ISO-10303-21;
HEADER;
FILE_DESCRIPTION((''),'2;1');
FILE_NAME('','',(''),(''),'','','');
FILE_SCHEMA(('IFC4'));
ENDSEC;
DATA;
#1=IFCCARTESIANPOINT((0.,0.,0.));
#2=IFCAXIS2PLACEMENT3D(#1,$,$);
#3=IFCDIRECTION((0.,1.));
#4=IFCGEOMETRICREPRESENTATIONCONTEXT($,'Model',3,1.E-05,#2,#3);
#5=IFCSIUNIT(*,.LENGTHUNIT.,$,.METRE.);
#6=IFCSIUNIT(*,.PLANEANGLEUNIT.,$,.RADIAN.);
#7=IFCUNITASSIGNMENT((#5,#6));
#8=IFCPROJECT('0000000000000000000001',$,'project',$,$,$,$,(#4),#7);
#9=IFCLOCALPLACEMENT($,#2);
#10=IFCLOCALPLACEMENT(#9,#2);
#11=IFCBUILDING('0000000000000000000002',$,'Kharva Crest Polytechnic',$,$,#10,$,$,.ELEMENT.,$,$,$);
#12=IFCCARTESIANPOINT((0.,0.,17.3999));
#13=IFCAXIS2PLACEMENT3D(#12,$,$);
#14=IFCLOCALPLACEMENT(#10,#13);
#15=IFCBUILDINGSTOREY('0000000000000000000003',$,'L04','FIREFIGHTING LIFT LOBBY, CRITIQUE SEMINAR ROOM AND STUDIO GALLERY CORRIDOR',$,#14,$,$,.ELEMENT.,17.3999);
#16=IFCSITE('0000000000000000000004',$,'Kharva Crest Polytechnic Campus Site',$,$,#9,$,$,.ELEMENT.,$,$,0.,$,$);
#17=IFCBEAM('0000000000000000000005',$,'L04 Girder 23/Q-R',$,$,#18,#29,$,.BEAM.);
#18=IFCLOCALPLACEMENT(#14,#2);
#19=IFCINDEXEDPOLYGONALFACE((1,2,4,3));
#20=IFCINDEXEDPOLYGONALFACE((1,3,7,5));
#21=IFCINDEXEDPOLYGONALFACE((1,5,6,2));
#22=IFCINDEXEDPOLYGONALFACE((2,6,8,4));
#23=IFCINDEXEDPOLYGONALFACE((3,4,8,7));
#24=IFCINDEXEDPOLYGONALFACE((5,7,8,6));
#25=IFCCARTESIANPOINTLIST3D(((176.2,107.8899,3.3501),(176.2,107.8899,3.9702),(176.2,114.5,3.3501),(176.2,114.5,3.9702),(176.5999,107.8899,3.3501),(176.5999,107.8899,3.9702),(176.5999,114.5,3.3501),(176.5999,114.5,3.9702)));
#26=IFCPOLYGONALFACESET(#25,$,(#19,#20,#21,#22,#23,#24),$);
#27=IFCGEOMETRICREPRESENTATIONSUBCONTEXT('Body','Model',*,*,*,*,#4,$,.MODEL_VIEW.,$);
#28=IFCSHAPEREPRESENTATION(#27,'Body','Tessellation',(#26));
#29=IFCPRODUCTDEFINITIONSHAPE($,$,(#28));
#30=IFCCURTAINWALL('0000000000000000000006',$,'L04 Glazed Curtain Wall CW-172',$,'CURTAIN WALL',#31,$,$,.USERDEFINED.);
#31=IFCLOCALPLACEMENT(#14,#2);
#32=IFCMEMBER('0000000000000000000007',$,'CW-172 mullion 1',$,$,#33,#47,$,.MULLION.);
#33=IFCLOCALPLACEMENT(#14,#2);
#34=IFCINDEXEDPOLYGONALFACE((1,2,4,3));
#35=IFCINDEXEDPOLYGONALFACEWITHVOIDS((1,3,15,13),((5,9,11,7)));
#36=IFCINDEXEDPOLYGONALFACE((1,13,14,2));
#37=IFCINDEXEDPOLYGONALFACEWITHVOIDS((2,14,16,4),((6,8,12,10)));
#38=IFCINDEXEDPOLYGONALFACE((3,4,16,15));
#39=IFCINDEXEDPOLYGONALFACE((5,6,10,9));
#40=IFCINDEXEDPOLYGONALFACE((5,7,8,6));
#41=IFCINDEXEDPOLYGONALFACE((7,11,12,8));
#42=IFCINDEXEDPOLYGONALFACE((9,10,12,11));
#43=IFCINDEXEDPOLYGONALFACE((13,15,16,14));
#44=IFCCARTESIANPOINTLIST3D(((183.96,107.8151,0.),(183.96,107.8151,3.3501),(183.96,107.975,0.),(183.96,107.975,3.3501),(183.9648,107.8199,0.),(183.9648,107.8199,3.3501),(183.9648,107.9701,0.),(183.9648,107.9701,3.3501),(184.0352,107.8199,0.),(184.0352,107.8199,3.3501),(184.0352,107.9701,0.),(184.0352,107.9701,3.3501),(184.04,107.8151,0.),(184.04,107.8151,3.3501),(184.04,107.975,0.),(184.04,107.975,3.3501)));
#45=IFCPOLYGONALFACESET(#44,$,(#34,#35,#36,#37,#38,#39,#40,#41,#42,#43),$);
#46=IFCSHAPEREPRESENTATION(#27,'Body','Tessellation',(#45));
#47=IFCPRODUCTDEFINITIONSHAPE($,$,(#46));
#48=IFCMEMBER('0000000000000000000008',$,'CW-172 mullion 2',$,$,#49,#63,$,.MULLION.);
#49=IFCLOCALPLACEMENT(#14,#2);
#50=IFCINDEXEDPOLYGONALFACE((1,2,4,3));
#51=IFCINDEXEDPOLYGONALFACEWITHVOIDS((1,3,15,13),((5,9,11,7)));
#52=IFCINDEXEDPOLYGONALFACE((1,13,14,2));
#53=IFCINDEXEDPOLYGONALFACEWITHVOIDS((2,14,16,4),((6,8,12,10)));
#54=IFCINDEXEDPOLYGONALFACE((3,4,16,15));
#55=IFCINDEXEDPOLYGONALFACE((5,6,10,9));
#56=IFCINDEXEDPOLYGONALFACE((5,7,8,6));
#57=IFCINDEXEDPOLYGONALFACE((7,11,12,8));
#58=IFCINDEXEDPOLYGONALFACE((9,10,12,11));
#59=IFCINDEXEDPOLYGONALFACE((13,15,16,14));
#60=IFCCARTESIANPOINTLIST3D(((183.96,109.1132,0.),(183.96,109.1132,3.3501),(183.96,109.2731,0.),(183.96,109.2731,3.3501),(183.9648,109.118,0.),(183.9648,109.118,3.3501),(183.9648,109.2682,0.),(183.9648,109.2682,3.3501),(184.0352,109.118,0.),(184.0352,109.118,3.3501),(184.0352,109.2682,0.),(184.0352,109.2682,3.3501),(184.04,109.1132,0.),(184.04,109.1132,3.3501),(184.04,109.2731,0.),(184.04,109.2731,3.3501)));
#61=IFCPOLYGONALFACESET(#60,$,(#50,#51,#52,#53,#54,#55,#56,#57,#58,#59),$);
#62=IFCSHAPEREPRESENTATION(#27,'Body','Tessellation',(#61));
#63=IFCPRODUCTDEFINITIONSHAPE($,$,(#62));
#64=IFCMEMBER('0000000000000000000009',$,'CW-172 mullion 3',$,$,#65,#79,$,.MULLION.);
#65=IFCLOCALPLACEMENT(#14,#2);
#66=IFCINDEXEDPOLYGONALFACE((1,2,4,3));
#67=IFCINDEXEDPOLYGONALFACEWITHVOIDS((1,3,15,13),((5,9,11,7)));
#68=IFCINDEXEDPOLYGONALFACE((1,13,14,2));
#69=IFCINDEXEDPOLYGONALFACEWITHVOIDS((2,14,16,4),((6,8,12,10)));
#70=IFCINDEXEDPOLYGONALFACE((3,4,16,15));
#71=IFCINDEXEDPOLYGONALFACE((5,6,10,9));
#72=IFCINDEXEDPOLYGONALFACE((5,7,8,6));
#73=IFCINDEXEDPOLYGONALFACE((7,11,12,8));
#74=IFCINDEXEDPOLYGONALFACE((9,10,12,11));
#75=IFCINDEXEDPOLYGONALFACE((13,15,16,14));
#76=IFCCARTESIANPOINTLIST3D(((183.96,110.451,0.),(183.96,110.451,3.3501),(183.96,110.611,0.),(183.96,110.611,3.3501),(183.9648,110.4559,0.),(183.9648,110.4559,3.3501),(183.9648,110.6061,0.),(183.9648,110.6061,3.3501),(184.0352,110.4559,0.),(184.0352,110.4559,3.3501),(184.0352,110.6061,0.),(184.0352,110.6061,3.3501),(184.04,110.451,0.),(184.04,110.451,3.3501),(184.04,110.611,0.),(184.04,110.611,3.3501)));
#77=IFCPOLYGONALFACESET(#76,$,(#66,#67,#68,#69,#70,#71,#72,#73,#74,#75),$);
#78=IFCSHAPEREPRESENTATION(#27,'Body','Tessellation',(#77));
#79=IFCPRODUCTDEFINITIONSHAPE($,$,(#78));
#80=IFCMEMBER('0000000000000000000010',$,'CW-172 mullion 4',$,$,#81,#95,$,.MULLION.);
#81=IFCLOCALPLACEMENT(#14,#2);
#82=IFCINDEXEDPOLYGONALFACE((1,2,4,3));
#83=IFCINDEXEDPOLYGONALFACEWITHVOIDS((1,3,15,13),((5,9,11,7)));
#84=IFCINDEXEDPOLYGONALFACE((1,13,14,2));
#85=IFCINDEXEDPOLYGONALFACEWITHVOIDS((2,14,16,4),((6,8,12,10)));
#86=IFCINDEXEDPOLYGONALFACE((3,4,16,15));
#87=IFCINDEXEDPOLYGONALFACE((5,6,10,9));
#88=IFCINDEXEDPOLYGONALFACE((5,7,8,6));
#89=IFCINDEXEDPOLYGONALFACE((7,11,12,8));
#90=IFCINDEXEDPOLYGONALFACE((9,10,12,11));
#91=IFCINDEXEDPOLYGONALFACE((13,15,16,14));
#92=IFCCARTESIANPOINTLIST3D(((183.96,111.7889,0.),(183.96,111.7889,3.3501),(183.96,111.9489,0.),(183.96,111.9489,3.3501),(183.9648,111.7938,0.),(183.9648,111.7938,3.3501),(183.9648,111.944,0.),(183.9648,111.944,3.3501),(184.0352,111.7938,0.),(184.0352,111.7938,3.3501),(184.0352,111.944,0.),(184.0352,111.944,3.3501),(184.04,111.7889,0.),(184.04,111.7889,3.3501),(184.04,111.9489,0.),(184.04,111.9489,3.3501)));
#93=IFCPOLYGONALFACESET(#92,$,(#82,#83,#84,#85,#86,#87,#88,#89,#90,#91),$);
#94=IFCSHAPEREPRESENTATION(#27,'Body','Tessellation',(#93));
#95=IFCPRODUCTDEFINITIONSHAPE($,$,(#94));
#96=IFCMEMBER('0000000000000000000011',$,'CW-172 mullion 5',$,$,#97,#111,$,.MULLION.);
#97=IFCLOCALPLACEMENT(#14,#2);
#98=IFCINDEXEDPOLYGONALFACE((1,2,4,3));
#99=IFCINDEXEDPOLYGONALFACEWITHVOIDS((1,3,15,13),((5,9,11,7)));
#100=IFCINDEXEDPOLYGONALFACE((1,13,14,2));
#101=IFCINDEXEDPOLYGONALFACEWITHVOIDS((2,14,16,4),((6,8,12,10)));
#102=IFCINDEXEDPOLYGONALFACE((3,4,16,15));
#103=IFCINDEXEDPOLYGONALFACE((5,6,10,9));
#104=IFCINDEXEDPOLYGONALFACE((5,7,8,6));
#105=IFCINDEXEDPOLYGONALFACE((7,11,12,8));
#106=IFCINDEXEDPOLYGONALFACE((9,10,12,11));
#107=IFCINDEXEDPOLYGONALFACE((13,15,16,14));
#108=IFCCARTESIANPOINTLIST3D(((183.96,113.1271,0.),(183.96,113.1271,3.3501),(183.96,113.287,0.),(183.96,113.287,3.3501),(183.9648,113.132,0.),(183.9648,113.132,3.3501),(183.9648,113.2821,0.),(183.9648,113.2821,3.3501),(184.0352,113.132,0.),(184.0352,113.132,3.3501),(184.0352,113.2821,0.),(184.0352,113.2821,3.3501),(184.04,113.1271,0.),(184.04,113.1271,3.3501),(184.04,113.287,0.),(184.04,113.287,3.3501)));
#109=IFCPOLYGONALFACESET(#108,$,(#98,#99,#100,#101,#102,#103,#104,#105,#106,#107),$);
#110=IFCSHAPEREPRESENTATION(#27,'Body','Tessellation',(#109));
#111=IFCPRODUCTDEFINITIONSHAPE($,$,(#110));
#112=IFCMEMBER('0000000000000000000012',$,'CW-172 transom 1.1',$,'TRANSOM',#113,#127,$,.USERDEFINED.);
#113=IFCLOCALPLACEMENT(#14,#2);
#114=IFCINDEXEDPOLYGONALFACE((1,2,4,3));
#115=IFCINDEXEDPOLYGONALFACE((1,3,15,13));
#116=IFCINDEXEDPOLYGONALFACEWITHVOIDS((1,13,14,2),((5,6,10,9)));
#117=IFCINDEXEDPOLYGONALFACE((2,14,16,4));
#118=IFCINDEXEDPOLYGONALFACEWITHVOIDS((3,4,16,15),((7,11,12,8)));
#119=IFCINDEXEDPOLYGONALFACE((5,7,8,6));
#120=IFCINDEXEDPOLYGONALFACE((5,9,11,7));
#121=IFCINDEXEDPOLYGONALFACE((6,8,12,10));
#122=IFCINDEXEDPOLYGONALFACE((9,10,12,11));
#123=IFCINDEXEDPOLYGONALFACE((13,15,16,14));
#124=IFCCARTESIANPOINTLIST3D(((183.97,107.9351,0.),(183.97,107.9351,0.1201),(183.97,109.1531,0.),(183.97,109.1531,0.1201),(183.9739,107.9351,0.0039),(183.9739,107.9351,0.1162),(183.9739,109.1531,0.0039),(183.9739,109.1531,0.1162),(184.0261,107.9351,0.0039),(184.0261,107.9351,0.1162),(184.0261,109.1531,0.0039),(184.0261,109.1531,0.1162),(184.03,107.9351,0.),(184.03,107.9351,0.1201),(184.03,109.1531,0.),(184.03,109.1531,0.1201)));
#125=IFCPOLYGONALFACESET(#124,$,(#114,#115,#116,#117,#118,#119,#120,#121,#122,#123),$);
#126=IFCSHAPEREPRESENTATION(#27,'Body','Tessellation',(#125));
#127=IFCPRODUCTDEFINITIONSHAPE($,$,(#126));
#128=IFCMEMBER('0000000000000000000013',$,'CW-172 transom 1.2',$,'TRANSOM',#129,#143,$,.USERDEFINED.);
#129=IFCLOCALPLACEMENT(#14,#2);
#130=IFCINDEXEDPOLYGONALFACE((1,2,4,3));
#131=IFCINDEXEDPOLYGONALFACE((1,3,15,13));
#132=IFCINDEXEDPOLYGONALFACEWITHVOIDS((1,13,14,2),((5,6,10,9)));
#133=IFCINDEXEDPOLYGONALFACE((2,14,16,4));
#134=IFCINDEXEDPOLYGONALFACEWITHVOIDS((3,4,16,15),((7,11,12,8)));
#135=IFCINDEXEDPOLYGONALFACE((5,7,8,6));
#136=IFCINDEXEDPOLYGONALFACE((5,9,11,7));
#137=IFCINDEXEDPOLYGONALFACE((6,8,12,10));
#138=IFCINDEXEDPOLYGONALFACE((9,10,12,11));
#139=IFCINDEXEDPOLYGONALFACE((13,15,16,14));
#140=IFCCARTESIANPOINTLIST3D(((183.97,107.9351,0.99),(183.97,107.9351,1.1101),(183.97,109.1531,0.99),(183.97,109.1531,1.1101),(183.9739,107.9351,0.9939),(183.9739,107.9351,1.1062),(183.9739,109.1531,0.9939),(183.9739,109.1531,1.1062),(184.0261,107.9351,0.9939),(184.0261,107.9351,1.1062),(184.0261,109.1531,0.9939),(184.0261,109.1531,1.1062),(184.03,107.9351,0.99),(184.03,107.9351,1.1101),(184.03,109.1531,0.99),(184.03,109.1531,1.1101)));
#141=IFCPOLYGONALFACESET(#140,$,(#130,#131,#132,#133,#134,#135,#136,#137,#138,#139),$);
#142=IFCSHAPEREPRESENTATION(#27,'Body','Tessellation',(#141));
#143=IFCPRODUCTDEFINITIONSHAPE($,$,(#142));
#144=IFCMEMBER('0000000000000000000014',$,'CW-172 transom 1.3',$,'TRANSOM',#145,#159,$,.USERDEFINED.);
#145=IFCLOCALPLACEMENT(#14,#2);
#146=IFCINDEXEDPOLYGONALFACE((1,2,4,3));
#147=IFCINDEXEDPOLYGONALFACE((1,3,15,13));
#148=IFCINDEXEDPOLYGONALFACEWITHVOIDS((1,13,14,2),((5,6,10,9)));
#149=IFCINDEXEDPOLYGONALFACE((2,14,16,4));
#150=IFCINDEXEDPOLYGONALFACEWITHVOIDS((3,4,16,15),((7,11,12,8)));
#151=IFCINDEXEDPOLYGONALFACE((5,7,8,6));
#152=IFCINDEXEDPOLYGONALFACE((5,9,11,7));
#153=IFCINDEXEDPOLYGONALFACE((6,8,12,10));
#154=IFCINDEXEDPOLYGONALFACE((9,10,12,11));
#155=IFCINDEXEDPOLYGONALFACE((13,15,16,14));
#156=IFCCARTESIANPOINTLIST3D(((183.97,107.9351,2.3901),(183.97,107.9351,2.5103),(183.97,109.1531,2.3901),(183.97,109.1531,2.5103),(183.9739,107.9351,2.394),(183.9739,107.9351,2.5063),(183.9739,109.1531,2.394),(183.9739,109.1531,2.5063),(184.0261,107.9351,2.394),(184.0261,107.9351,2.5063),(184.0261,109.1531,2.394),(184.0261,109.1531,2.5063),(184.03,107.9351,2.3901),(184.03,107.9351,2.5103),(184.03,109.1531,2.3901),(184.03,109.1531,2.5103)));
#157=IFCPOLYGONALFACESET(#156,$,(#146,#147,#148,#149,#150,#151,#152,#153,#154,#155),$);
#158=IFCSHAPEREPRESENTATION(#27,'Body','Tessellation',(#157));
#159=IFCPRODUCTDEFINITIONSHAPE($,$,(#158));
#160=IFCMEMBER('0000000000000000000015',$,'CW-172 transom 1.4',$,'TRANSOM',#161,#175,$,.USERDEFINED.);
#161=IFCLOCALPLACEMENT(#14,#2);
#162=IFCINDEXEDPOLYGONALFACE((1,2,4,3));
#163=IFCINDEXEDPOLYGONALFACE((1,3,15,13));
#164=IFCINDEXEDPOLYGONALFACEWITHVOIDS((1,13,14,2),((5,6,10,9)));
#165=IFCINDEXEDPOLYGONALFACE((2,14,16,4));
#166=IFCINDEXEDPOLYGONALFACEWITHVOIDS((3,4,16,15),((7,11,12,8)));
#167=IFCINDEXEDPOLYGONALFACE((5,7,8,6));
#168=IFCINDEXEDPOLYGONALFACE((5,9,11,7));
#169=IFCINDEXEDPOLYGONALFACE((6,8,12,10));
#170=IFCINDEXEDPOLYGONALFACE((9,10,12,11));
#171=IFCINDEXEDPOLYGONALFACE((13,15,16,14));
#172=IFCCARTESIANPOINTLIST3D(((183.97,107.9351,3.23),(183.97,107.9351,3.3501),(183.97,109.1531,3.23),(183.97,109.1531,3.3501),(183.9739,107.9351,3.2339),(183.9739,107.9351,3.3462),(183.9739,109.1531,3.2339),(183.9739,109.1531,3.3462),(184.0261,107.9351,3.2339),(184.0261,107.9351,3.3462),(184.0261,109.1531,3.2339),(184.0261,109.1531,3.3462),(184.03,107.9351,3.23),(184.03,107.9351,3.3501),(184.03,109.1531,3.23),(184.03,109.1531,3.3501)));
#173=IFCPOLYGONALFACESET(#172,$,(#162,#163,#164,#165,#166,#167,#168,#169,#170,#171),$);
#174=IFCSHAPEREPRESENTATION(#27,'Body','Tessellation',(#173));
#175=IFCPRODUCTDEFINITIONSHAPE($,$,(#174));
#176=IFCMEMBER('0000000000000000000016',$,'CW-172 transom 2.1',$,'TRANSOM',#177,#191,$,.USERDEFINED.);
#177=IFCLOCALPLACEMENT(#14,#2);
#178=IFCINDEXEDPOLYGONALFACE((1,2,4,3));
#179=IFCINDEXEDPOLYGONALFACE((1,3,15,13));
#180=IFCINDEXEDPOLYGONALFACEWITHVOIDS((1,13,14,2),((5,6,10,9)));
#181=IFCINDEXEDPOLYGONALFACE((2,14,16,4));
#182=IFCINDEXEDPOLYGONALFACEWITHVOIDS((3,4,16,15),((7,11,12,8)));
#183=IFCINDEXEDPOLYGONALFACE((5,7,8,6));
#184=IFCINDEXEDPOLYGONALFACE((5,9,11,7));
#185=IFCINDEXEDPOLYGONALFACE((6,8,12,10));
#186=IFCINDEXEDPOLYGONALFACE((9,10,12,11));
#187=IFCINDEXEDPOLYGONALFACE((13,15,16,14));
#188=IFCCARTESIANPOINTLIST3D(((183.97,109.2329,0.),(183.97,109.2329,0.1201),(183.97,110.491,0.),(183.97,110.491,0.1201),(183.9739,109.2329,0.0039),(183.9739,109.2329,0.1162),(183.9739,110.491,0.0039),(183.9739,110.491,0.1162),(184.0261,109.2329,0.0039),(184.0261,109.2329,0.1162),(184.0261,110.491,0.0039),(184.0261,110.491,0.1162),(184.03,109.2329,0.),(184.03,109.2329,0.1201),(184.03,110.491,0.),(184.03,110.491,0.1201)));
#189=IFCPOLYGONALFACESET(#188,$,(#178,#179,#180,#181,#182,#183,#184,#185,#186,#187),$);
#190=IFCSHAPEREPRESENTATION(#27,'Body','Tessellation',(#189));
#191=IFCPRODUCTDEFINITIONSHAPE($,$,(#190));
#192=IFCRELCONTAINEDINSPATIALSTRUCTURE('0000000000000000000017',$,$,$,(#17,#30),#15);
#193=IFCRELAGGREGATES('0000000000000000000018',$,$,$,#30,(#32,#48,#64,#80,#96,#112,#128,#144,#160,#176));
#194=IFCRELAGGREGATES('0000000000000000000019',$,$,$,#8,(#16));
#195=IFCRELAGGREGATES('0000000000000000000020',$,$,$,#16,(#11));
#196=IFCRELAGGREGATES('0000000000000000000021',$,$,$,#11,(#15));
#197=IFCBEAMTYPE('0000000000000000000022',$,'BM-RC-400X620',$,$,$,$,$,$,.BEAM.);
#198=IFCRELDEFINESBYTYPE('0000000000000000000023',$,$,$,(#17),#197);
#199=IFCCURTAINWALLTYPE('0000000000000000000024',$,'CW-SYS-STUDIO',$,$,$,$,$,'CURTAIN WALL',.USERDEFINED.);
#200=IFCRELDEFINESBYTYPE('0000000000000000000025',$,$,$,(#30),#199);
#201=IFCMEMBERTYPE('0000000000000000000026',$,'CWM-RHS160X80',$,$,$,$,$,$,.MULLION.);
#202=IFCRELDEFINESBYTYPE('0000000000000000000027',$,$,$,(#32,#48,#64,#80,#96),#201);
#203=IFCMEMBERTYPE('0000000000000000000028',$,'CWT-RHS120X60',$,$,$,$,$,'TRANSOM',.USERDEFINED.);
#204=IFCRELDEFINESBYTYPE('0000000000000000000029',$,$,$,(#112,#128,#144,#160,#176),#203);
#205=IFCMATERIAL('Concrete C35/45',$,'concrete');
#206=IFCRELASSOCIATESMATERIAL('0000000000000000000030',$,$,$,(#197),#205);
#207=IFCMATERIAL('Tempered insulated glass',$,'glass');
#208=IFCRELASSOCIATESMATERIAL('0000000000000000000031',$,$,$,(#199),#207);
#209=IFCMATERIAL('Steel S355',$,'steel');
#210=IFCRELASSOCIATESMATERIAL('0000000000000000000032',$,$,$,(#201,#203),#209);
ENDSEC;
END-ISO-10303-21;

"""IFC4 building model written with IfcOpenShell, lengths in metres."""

from ifc_helpers import new_model, si_unit, direction, frame, origin, origin_2d, place, context, subcontext, project, spatial, rectangle, hollow_rectangle, extrude, material, material_profile, profile_set, type_object, element, aggregate, save


model = new_model("IFC4")

# Units and contexts
model_context = context("Model", 3, precision=1e-05, world=origin(), true_north=direction((0.0, 1.0)))
body_context = subcontext(model_context, "Body", "Model", "MODEL_VIEW")
ifc_project = project(units=[si_unit("LENGTHUNIT", "METRE"), si_unit("PLANEANGLEUNIT", "RADIAN")], contexts=[model_context])

# Site, building, storey
site_placement = place(None, origin())
site = spatial("IfcSite", under=ifc_project, at=site_placement, Name="Kharva Crest Polytechnic Campus Site", CompositionType="ELEMENT", RefElevation=0.0)
building_placement = place(site_placement, origin())
building = spatial("IfcBuilding", under=site, at=building_placement, Name="Kharva Crest Polytechnic", CompositionType="ELEMENT")
storey_placement = place(building_placement, frame((0.0, 0.0, 17.3999)))
storey = spatial("IfcBuildingStorey", under=building, at=storey_placement, Name="L04", Description="FIREFIGHTING LIFT LOBBY, CRITIQUE SEMINAR ROOM AND STUDIO GALLERY CORRIDOR", CompositionType="ELEMENT", Elevation=17.3999)

# Beam
ifc_material_1 = material(Name="Concrete C35/45", Category="concrete")
ifc_material_profile_1 = material_profile(ifc_material_1, rectangle(XDim=0.3999, YDim=0.6201, at=origin_2d()), Name="RECT 400 X 620")
ifc_profile_set_1 = profile_set([ifc_material_profile_1], Name="Concrete C35/45")
beam_type = type_object("IfcBeamType", Name="BM-RC-400X620", PredefinedType="BEAM", material=ifc_profile_set_1)
beam_placement = place(storey_placement, frame((176.3999, 107.8899, 3.6602), z_axis=(0.0, 1.0, 0.0), x_axis=(-1.0, 0.0, 0.0)))
element("IfcBeam", 1, at=beam_placement, inside=storey, type_object=beam_type, Name="L04 Girder 23/Q-R", PredefinedType="BEAM", context=body_context, shape_type="SweptSolid", body=[
    extrude(rectangle(XDim=0.3999, YDim=0.6201, at=origin_2d()), origin(), (0.0, 0.0, 1.0), 6.6101),
])

# Curtain wall, members
ifc_material_2 = material(Name="Tempered insulated glass", Category="glass")
curtain_wall_type = type_object("IfcCurtainWallType", Name="CW-SYS-STUDIO", ElementType="CURTAIN WALL", PredefinedType="USERDEFINED", material=ifc_material_2)
curtain_wall_placement = place(storey_placement, origin())
curtain_wall = element("IfcCurtainWall", 2, at=curtain_wall_placement, inside=storey, type_object=curtain_wall_type, Name="L04 Glazed Curtain Wall CW-172", ObjectType="CURTAIN WALL", PredefinedType="USERDEFINED")
ifc_material_3 = material(Name="Steel S355", Category="steel")
ifc_material_profile_2 = material_profile(ifc_material_3, hollow_rectangle(XDim=0.0801, YDim=0.1599, WallThickness=0.0049, at=origin_2d()), Name="RHS 160X80X5.0")
ifc_profile_set_2 = profile_set([ifc_material_profile_2], Name="Steel S355")
member_type_1 = type_object("IfcMemberType", Name="CWM-RHS160X80", PredefinedType="MULLION", material=ifc_profile_set_2)
member_1_placement = place(storey_placement, frame((184.0, 107.895, 0.0), z_axis=(0.0, 0.0, 1.0), x_axis=(-1.0, 0.0, 0.0)))
member_1 = element("IfcMember", 3, at=member_1_placement, type_object=member_type_1, Name="CW-172 mullion 1", PredefinedType="MULLION", context=body_context, shape_type="SweptSolid", body=[
    extrude(hollow_rectangle(XDim=0.0801, YDim=0.1599, WallThickness=0.0049, at=origin_2d()), origin(), (0.0, 0.0, 1.0), 3.3501),
])
member_2_placement = place(storey_placement, frame((184.0, 109.1931, 0.0), z_axis=(0.0, 0.0, 1.0), x_axis=(-1.0, 0.0, 0.0)))
member_2 = element("IfcMember", 4, at=member_2_placement, type_object=member_type_1, Name="CW-172 mullion 2", PredefinedType="MULLION", context=body_context, shape_type="SweptSolid", body=[
    extrude(hollow_rectangle(XDim=0.0801, YDim=0.1599, WallThickness=0.0049, at=origin_2d()), origin(), (0.0, 0.0, 1.0), 3.3501),
])
member_3_placement = place(storey_placement, frame((184.0, 110.531, 0.0), z_axis=(0.0, 0.0, 1.0), x_axis=(-1.0, 0.0, 0.0)))
member_3 = element("IfcMember", 5, at=member_3_placement, type_object=member_type_1, Name="CW-172 mullion 3", PredefinedType="MULLION", context=body_context, shape_type="SweptSolid", body=[
    extrude(hollow_rectangle(XDim=0.0801, YDim=0.1599, WallThickness=0.0049, at=origin_2d()), origin(), (0.0, 0.0, 1.0), 3.3501),
])
member_4_placement = place(storey_placement, frame((184.0, 111.8689, 0.0), z_axis=(0.0, 0.0, 1.0), x_axis=(-1.0, 0.0, 0.0)))
member_4 = element("IfcMember", 6, at=member_4_placement, type_object=member_type_1, Name="CW-172 mullion 4", PredefinedType="MULLION", context=body_context, shape_type="SweptSolid", body=[
    extrude(hollow_rectangle(XDim=0.0801, YDim=0.1599, WallThickness=0.0049, at=origin_2d()), origin(), (0.0, 0.0, 1.0), 3.3501),
])
member_5_placement = place(storey_placement, frame((184.0, 113.207, 0.0), z_axis=(0.0, 0.0, 1.0), x_axis=(-1.0, 0.0, 0.0)))
member_5 = element("IfcMember", 7, at=member_5_placement, type_object=member_type_1, Name="CW-172 mullion 5", PredefinedType="MULLION", context=body_context, shape_type="SweptSolid", body=[
    extrude(hollow_rectangle(XDim=0.0801, YDim=0.1599, WallThickness=0.0049, at=origin_2d()), origin(), (0.0, 0.0, 1.0), 3.3501),
])
ifc_material_profile_3 = material_profile(ifc_material_3, hollow_rectangle(XDim=0.0601, YDim=0.1201, WallThickness=0.0039, at=origin_2d()), Name="RHS 120X60X4.0")
ifc_profile_set_3 = profile_set([ifc_material_profile_3], Name="Steel S355")
member_type_2 = type_object("IfcMemberType", Name="CWT-RHS120X60", ElementType="TRANSOM", PredefinedType="USERDEFINED", material=ifc_profile_set_3)
member_6_placement = place(storey_placement, frame((184.0, 107.9351, 0.0601), z_axis=(0.0, 1.0, 0.0), x_axis=(-1.0, 0.0, 0.0)))
member_6 = element("IfcMember", 8, at=member_6_placement, type_object=member_type_2, Name="CW-172 transom 1.1", ObjectType="TRANSOM", PredefinedType="USERDEFINED", context=body_context, shape_type="SweptSolid", body=[
    extrude(hollow_rectangle(XDim=0.0601, YDim=0.1201, WallThickness=0.0039, at=origin_2d()), origin(), (0.0, 0.0, 1.0), 1.218),
])
member_7_placement = place(storey_placement, frame((184.0, 107.9351, 1.05), z_axis=(0.0, 1.0, 0.0), x_axis=(-1.0, 0.0, 0.0)))
member_7 = element("IfcMember", 9, at=member_7_placement, type_object=member_type_2, Name="CW-172 transom 1.2", ObjectType="TRANSOM", PredefinedType="USERDEFINED", context=body_context, shape_type="SweptSolid", body=[
    extrude(hollow_rectangle(XDim=0.0601, YDim=0.1201, WallThickness=0.0039, at=origin_2d()), origin(), (0.0, 0.0, 1.0), 1.218),
])
member_8_placement = place(storey_placement, frame((184.0, 107.9351, 2.4502), z_axis=(0.0, 1.0, 0.0), x_axis=(-1.0, 0.0, 0.0)))
member_8 = element("IfcMember", 10, at=member_8_placement, type_object=member_type_2, Name="CW-172 transom 1.3", ObjectType="TRANSOM", PredefinedType="USERDEFINED", context=body_context, shape_type="SweptSolid", body=[
    extrude(hollow_rectangle(XDim=0.0601, YDim=0.1201, WallThickness=0.0039, at=origin_2d()), origin(), (0.0, 0.0, 1.0), 1.218),
])
member_9_placement = place(storey_placement, frame((184.0, 107.9351, 3.29), z_axis=(0.0, 1.0, 0.0), x_axis=(-1.0, 0.0, 0.0)))
member_9 = element("IfcMember", 11, at=member_9_placement, type_object=member_type_2, Name="CW-172 transom 1.4", ObjectType="TRANSOM", PredefinedType="USERDEFINED", context=body_context, shape_type="SweptSolid", body=[
    extrude(hollow_rectangle(XDim=0.0601, YDim=0.1201, WallThickness=0.0039, at=origin_2d()), origin(), (0.0, 0.0, 1.0), 1.218),
])
member_10_placement = place(storey_placement, frame((184.0, 109.2329, 0.0601), z_axis=(0.0, 1.0, 0.0), x_axis=(-1.0, 0.0, 0.0)))
member_10 = element("IfcMember", 12, at=member_10_placement, type_object=member_type_2, Name="CW-172 transom 2.1", ObjectType="TRANSOM", PredefinedType="USERDEFINED", context=body_context, shape_type="SweptSolid", body=[
    extrude(hollow_rectangle(XDim=0.0601, YDim=0.1201, WallThickness=0.0039, at=origin_2d()), origin(), (0.0, 0.0, 1.0), 1.2581),
])
aggregate(curtain_wall, [member_1, member_2, member_3, member_4, member_5, member_6, member_7, member_8, member_9, member_10])

save(model, "model.ifc")
